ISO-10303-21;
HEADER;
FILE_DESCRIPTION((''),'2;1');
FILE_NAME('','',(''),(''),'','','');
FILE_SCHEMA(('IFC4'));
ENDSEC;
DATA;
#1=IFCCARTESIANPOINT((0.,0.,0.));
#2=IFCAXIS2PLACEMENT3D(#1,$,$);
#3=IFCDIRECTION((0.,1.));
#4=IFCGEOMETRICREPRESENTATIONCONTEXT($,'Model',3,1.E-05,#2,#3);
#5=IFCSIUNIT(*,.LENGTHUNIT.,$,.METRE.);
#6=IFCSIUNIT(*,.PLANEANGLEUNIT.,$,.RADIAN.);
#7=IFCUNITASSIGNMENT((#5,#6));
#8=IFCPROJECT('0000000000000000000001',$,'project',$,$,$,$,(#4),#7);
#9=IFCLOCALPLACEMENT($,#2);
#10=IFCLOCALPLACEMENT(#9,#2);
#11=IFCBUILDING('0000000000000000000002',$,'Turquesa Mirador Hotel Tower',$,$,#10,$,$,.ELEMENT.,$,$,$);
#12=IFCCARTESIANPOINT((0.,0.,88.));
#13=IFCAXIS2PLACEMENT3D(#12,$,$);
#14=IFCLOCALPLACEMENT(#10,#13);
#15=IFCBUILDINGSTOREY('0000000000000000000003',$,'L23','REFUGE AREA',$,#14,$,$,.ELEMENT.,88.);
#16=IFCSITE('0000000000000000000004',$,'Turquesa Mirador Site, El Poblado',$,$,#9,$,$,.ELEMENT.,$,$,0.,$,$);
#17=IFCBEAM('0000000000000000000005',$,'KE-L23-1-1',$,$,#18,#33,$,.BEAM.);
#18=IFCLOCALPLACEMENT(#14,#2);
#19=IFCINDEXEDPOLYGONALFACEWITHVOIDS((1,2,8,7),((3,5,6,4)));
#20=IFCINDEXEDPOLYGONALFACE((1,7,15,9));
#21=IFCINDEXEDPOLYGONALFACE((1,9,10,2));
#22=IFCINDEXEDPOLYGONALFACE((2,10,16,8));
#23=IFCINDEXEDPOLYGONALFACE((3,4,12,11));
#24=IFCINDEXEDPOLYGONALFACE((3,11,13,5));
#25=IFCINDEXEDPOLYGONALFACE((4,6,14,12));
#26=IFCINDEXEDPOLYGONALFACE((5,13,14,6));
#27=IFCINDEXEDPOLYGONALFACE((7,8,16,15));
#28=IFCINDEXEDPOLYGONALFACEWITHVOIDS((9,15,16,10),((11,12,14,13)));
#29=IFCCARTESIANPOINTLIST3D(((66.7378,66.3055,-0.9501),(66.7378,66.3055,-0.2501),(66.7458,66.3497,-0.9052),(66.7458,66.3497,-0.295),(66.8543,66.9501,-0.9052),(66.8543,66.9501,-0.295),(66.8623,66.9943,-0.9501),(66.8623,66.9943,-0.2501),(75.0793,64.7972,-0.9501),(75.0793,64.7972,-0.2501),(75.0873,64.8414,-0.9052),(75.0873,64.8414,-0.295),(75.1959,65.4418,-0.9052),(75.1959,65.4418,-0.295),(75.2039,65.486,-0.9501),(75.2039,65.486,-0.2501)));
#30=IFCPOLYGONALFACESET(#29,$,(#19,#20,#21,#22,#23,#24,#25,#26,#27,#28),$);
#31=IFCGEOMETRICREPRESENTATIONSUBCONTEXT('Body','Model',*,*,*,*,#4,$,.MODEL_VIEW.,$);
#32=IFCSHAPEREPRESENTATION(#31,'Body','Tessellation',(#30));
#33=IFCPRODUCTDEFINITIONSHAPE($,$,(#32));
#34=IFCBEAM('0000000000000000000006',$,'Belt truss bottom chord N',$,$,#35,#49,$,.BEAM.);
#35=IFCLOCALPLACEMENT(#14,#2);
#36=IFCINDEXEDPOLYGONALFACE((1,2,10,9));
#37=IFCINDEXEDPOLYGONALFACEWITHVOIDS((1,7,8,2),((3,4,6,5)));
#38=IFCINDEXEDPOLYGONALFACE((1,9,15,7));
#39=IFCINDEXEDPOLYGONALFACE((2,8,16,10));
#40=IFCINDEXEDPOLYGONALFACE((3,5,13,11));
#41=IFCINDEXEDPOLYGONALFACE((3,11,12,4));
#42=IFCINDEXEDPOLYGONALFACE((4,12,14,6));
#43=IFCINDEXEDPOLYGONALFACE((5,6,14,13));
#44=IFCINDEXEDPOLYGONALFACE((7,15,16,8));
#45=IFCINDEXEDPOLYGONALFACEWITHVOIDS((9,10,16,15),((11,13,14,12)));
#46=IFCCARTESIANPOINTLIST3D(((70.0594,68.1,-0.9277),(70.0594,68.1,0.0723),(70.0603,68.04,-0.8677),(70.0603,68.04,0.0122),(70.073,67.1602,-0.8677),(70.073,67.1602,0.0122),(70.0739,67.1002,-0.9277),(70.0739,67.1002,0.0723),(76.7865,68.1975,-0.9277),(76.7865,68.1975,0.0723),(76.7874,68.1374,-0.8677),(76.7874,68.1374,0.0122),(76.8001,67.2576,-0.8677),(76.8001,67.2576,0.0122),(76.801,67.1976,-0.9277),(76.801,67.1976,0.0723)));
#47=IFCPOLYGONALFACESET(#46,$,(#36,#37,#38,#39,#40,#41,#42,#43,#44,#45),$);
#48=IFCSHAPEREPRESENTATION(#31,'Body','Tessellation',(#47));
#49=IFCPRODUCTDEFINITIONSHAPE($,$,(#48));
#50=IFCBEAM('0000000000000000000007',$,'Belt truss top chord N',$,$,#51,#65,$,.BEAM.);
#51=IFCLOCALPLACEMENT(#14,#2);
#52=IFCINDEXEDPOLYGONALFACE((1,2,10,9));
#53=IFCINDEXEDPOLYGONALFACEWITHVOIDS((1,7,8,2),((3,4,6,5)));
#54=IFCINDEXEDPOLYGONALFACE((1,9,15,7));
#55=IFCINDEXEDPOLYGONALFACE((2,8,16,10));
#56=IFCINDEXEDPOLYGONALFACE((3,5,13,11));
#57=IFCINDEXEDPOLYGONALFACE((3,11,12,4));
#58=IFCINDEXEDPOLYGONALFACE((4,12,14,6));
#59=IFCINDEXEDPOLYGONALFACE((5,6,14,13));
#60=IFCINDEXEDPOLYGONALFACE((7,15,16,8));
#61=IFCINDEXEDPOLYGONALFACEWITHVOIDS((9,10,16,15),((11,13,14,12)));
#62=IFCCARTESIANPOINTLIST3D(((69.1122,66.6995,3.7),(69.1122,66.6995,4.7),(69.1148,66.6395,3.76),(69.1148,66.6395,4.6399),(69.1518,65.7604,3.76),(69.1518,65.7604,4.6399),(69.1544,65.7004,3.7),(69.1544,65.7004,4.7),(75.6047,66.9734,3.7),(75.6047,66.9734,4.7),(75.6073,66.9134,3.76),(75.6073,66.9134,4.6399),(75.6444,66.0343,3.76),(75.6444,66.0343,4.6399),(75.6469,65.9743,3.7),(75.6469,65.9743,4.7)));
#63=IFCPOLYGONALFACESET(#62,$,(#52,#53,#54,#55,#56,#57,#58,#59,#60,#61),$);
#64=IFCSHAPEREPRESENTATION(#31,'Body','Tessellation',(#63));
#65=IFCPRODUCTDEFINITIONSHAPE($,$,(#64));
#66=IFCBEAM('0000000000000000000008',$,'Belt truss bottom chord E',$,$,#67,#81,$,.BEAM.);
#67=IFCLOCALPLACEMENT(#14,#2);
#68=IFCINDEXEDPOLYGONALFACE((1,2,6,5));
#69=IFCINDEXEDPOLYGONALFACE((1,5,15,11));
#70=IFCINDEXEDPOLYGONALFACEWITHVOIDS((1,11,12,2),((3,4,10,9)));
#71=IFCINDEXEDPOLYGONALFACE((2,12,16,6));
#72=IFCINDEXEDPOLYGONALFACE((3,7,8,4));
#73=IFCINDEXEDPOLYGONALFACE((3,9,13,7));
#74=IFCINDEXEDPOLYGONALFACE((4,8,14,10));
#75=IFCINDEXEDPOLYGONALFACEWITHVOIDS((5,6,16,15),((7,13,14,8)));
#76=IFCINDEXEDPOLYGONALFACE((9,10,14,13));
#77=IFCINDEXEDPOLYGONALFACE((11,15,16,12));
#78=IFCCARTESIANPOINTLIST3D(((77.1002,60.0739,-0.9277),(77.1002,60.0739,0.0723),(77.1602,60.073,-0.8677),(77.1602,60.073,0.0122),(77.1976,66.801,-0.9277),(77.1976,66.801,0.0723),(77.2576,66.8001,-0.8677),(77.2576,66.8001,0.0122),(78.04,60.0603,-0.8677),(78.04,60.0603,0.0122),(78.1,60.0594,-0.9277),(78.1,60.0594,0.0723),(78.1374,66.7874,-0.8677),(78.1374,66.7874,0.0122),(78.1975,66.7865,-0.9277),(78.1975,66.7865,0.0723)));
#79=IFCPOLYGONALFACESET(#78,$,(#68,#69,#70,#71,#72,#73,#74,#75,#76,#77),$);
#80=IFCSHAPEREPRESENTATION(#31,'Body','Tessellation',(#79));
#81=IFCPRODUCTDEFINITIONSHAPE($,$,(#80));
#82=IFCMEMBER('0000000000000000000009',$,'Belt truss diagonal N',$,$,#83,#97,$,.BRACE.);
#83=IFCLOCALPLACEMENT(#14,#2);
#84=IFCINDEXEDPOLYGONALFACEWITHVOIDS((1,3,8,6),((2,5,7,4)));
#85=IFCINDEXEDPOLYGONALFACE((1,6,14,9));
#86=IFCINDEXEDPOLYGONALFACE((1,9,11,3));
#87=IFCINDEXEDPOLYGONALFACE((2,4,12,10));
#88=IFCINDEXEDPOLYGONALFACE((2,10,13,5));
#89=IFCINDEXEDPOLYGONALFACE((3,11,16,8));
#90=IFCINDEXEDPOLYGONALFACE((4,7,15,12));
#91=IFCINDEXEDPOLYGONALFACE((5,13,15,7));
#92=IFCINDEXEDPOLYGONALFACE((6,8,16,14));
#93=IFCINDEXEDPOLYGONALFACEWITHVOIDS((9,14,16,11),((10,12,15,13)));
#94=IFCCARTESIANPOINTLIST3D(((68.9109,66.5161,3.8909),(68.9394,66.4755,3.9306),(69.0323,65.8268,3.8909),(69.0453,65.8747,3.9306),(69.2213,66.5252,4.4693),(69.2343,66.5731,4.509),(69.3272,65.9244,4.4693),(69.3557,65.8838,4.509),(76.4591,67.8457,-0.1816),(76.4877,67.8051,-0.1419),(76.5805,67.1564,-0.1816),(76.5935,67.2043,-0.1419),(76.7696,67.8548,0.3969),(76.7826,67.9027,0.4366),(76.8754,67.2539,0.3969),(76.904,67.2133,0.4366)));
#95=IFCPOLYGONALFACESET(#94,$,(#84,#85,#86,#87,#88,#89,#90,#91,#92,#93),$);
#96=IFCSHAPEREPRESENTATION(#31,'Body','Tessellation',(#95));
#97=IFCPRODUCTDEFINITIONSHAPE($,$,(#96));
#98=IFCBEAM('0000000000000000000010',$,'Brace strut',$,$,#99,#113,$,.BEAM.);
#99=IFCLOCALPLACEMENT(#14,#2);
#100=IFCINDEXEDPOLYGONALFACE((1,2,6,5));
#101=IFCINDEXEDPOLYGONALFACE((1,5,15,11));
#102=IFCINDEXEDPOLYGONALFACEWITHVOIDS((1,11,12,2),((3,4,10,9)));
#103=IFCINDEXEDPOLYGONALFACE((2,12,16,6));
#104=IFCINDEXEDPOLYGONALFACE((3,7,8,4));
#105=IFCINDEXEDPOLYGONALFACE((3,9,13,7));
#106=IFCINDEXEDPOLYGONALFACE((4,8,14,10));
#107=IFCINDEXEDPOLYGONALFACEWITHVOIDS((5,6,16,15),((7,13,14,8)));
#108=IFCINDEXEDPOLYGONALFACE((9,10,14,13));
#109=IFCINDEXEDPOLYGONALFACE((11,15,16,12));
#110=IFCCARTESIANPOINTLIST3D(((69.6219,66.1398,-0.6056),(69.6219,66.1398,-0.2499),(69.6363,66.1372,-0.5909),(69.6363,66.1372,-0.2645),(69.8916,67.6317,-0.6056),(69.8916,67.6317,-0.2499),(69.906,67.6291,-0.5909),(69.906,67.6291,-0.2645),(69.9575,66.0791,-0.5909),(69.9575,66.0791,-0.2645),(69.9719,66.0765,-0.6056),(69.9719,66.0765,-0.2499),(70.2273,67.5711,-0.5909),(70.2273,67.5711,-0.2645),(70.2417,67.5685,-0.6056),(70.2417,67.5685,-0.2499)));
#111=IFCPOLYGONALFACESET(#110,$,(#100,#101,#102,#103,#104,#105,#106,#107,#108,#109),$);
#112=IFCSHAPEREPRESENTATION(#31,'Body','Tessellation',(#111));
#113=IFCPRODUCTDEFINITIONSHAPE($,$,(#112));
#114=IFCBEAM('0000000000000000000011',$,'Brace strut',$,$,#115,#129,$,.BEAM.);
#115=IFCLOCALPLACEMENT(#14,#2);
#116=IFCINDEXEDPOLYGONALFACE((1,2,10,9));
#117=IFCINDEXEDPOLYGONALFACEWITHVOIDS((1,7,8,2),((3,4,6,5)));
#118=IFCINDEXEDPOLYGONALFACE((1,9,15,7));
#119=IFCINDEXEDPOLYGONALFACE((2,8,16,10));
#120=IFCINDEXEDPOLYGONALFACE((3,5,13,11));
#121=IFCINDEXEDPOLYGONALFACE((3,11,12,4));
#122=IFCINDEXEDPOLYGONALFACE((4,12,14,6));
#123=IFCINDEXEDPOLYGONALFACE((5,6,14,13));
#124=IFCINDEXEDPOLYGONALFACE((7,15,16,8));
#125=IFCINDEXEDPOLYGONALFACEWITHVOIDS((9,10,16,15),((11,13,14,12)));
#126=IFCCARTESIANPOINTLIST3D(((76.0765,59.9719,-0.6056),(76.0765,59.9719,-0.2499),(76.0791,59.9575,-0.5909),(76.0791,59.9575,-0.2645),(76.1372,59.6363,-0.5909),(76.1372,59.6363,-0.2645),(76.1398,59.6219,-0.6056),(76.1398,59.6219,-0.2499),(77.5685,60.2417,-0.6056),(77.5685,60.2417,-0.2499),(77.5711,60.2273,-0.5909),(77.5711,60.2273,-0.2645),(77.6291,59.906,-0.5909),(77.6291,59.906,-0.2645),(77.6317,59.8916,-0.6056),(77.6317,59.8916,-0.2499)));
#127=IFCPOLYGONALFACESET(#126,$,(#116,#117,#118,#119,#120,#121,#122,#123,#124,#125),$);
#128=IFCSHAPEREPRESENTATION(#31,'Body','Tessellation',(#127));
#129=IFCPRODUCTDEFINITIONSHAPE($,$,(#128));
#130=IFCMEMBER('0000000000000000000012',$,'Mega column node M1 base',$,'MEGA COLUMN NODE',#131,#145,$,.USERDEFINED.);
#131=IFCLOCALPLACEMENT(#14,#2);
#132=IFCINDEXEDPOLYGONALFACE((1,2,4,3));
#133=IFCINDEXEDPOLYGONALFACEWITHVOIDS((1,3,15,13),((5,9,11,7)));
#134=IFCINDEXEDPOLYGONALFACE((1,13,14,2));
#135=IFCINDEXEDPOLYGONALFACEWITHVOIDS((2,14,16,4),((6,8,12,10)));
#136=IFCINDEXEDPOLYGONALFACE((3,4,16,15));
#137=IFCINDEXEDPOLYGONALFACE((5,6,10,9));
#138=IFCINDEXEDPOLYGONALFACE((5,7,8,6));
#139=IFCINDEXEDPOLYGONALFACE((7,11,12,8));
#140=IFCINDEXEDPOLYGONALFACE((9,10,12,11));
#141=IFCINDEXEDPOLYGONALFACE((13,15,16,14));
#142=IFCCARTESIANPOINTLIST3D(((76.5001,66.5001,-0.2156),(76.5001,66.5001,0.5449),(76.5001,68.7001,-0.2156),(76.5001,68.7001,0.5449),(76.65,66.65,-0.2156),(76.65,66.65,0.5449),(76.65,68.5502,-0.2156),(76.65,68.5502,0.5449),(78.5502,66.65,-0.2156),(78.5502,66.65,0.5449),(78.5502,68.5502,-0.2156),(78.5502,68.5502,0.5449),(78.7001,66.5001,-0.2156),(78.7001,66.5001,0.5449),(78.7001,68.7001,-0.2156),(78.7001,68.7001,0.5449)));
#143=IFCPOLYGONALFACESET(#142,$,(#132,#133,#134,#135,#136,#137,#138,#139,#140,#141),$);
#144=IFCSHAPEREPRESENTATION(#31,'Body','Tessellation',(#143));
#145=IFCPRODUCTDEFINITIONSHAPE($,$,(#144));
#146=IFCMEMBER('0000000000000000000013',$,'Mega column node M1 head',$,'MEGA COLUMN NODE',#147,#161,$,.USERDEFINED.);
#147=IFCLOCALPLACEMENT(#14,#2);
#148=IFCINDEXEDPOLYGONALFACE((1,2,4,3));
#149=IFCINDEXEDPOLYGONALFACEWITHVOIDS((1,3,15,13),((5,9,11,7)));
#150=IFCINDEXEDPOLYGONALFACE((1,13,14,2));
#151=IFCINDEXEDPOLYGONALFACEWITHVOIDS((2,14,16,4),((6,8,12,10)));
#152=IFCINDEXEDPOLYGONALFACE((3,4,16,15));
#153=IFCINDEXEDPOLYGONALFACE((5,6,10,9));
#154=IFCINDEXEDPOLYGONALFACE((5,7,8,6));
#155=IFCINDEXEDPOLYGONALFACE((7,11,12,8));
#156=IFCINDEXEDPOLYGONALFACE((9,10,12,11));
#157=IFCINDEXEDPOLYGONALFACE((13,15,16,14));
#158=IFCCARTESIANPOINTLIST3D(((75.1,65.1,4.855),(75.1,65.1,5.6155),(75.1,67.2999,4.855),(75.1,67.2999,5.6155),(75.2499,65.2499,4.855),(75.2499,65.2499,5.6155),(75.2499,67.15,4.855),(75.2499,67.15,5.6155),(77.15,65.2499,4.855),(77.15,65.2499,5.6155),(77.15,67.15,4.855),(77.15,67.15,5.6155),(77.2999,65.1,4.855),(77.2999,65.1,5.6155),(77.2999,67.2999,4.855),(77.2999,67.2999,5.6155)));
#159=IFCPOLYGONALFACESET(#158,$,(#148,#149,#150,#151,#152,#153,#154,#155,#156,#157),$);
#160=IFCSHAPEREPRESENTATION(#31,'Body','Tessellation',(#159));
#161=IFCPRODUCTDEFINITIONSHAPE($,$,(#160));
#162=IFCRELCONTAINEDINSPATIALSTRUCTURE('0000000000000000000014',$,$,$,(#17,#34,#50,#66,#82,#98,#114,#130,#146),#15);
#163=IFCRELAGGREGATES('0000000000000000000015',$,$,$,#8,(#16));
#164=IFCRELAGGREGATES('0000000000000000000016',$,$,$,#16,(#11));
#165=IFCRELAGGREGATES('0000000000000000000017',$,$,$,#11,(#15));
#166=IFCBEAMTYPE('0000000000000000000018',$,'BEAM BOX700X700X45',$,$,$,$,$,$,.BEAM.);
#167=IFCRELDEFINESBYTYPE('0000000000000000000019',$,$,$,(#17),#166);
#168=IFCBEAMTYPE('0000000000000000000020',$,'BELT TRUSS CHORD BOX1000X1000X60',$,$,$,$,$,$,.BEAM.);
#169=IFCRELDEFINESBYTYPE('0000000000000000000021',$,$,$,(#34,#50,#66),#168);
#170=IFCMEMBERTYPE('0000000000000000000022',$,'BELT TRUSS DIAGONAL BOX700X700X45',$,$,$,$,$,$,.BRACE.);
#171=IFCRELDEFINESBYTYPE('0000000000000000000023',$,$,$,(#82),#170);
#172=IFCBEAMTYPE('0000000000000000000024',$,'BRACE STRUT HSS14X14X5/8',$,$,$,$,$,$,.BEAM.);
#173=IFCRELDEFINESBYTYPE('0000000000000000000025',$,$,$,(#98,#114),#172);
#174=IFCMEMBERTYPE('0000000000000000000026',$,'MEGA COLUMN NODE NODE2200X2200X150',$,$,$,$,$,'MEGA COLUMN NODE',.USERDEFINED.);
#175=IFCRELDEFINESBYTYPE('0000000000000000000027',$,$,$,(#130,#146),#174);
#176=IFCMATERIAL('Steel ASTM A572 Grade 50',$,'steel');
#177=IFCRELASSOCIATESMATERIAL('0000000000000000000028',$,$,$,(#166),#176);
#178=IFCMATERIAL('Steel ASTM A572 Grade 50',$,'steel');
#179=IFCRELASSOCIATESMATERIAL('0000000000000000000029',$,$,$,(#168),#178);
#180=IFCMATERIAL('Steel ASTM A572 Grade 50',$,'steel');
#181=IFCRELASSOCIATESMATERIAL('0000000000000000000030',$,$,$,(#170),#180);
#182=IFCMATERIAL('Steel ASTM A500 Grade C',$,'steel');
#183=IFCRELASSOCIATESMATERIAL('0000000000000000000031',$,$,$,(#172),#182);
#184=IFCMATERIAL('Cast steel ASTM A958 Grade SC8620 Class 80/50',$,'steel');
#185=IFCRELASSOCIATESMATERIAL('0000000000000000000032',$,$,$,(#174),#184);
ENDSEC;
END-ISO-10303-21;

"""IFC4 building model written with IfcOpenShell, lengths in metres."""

from ifc_helpers import new_model, si_unit, direction, frame, origin, origin_2d, place, context, subcontext, project, spatial, hollow_rectangle, extrude, material, material_profile, profile_set, type_object, element, save


model = new_model("IFC4")

# Units and contexts
model_context = context("Model", 3, precision=1e-05, world=origin(), true_north=direction((0.0, 1.0)))
body_context = subcontext(model_context, "Body", "Model", "MODEL_VIEW")
ifc_project = project(units=[si_unit("LENGTHUNIT", "METRE"), si_unit("PLANEANGLEUNIT", "RADIAN")], contexts=[model_context])

# Site, building, storey
site_placement = place(None, origin())
site = spatial("IfcSite", under=ifc_project, at=site_placement, Name="Turquesa Mirador Site, El Poblado", CompositionType="ELEMENT", RefElevation=0.0)
building_placement = place(site_placement, origin())
building = spatial("IfcBuilding", under=site, at=building_placement, Name="Turquesa Mirador Hotel Tower", CompositionType="ELEMENT")
storey_placement = place(building_placement, frame((0.0, 0.0, 88.0)))
storey = spatial("IfcBuildingStorey", under=building, at=storey_placement, Name="L23", Description="REFUGE AREA", CompositionType="ELEMENT", Elevation=88.0)

# Beams
ifc_material_1 = material(Name="Steel ASTM A572 Grade 50", Category="steel")
ifc_material_profile_1 = material_profile(ifc_material_1, hollow_rectangle(XDim=0.7, YDim=0.7, WallThickness=0.0449, at=origin_2d()), Name="BOX700X700X45")
ifc_profile_set_1 = profile_set([ifc_material_profile_1], Name="Steel ASTM A572 Grade 50")
beam_type_1 = type_object("IfcBeamType", Name="BEAM BOX700X700X45", PredefinedType="BEAM", material=ifc_profile_set_1)
beam_1_placement = place(storey_placement, frame((75.1416, 65.1416, -0.6001), z_axis=(-0.984043, 0.177932, 0.0), x_axis=(-0.177932, -0.984043, 0.0)))
element("IfcBeam", 1, at=beam_1_placement, inside=storey, type_object=beam_type_1, Name="KE-L23-1-1", PredefinedType="BEAM", context=body_context, shape_type="SweptSolid", body=[
    extrude(hollow_rectangle(XDim=0.7, YDim=0.7, WallThickness=0.0449, at=origin_2d()), origin(), (0.0, 0.0, 1.0), 8.4768),
])
ifc_material_2 = material(Name="Steel ASTM A572 Grade 50", Category="steel")
ifc_material_profile_2 = material_profile(ifc_material_2, hollow_rectangle(XDim=1.0, YDim=1.0, WallThickness=0.0601, at=origin_2d()), Name="BOX1000X1000X60")
ifc_profile_set_2 = profile_set([ifc_material_profile_2], Name="Steel ASTM A572 Grade 50")
beam_type_2 = type_object("IfcBeamType", Name="BELT TRUSS CHORD BOX1000X1000X60", PredefinedType="BEAM", material=ifc_profile_set_2)
beam_2_placement = place(storey_placement, frame((70.0667, 67.6001, -0.4277), z_axis=(0.999895, 0.014479, 0.0), x_axis=(-0.014479, 0.999895, 0.0)))
element("IfcBeam", 2, at=beam_2_placement, inside=storey, type_object=beam_type_2, Name="Belt truss bottom chord N", PredefinedType="BEAM", context=body_context, shape_type="SweptSolid", body=[
    extrude(hollow_rectangle(XDim=1.0, YDim=1.0, WallThickness=0.0601, at=origin_2d()), origin(), (0.0, 0.0, 1.0), 6.7278),
])
beam_3_placement = place(storey_placement, frame((69.1333, 66.2, 4.2), z_axis=(0.999111, 0.042154, 0.0), x_axis=(-0.042154, 0.999111, 0.0)))
element("IfcBeam", 3, at=beam_3_placement, inside=storey, type_object=beam_type_2, Name="Belt truss top chord N", PredefinedType="BEAM", context=body_context, shape_type="SweptSolid", body=[
    extrude(hollow_rectangle(XDim=1.0, YDim=1.0, WallThickness=0.0601, at=origin_2d()), origin(), (0.0, 0.0, 1.0), 6.4983),
])
beam_4_placement = place(storey_placement, frame((77.6001, 60.0667, -0.4277), z_axis=(0.014479, 0.999895, 0.0), x_axis=(-0.999895, 0.014479, 0.0)))
element("IfcBeam", 4, at=beam_4_placement, inside=storey, type_object=beam_type_2, Name="Belt truss bottom chord E", PredefinedType="BEAM", context=body_context, shape_type="SweptSolid", body=[
    extrude(hollow_rectangle(XDim=1.0, YDim=1.0, WallThickness=0.0601, at=origin_2d()), origin(), (0.0, 0.0, 1.0), 6.7278),
])

# Member
ifc_material_3 = material(Name="Steel ASTM A572 Grade 50", Category="steel")
ifc_material_profile_3 = material_profile(ifc_material_3, hollow_rectangle(XDim=0.7, YDim=0.7, WallThickness=0.0449, at=origin_2d()), Name="BOX700X700X45")
ifc_profile_set_3 = profile_set([ifc_material_profile_3], Name="Steel ASTM A572 Grade 50")
member_type_1 = type_object("IfcMemberType", Name="BELT TRUSS DIAGONAL BOX700X700X45", PredefinedType="BRACE", material=ifc_profile_set_3)
member_placement = place(storey_placement, frame((69.1333, 66.2, 4.2), z_axis=(0.869693, 0.153191, -0.46922), x_axis=(-0.173473, 0.984839, 0.0)))
element("IfcMember", 5, at=member_placement, inside=storey, type_object=member_type_1, Name="Belt truss diagonal N", PredefinedType="BRACE", context=body_context, shape_type="SweptSolid", body=[
    extrude(hollow_rectangle(XDim=0.7, YDim=0.7, WallThickness=0.0449, at=origin_2d()), origin(), (0.0, 0.0, 1.0), 8.6792),
])

# Beams
ifc_material_4 = material(Name="Steel ASTM A500 Grade C", Category="steel")
ifc_material_profile_4 = material_profile(ifc_material_4, hollow_rectangle(XDim=0.3557, YDim=0.3557, WallThickness=0.0146, at=origin_2d()), Name="HSS14X14X5/8")
ifc_profile_set_4 = profile_set([ifc_material_profile_4], Name="Steel ASTM A500 Grade C")
beam_type_3 = type_object("IfcBeamType", Name="BRACE STRUT HSS14X14X5/8", PredefinedType="BEAM", material=ifc_profile_set_4)
for number, where, z_axis, x_axis, name in (
    (6, (70.0667, 67.6001, -0.4277), (-0.177936, -0.984042, 0.0), (0.984042, -0.177936, 0.0), "Brace strut"),
    (7, (77.6001, 60.0667, -0.4277), (-0.984042, -0.177936, 0.0), (0.177936, -0.984042, 0.0), "Brace strut"),
):
    element("IfcBeam", number, at=place(storey_placement, frame(where, z_axis=z_axis, x_axis=x_axis)), inside=storey, type_object=beam_type_3, Name=name, PredefinedType="BEAM", context=body_context, shape_type="SweptSolid", body=[
        extrude(hollow_rectangle(XDim=0.3557, YDim=0.3557, WallThickness=0.0146, at=origin_2d()), origin(), (0.0, 0.0, 1.0), 1.5161),
    ])

# Members
ifc_material_5 = material(Name="Cast steel ASTM A958 Grade SC8620 Class 80/50", Category="steel")
ifc_material_profile_5 = material_profile(ifc_material_5, hollow_rectangle(XDim=2.2, YDim=2.2, WallThickness=0.1499, at=origin_2d()), Name="NODE2200X2200X150")
ifc_profile_set_5 = profile_set([ifc_material_profile_5], Name="Cast steel ASTM A958 Grade SC8620 Class 80/50")
member_type_2 = type_object("IfcMemberType", Name="MEGA COLUMN NODE NODE2200X2200X150", ElementType="MEGA COLUMN NODE", PredefinedType="USERDEFINED", material=ifc_profile_set_5)
for number, where, z_axis, x_axis, name in (
    (8, (77.6001, 67.6001, -0.2156), (0.0, 0.0, 1.0), (1.0, 0.0, 0.0), "Mega column node M1 base"),
    (9, (76.2, 66.2, 4.855), (0.0, 0.0, 1.0), (1.0, 0.0, 0.0), "Mega column node M1 head"),
):
    element("IfcMember", number, at=place(storey_placement, frame(where, z_axis=z_axis, x_axis=x_axis)), inside=storey, type_object=member_type_2, Name=name, ObjectType="MEGA COLUMN NODE", PredefinedType="USERDEFINED", context=body_context, shape_type="SweptSolid", body=[
        extrude(hollow_rectangle(XDim=2.2, YDim=2.2, WallThickness=0.1499, at=origin_2d()), origin(), (0.0, 0.0, 1.0), 0.7605),
    ])

save(model, "model.ifc")
